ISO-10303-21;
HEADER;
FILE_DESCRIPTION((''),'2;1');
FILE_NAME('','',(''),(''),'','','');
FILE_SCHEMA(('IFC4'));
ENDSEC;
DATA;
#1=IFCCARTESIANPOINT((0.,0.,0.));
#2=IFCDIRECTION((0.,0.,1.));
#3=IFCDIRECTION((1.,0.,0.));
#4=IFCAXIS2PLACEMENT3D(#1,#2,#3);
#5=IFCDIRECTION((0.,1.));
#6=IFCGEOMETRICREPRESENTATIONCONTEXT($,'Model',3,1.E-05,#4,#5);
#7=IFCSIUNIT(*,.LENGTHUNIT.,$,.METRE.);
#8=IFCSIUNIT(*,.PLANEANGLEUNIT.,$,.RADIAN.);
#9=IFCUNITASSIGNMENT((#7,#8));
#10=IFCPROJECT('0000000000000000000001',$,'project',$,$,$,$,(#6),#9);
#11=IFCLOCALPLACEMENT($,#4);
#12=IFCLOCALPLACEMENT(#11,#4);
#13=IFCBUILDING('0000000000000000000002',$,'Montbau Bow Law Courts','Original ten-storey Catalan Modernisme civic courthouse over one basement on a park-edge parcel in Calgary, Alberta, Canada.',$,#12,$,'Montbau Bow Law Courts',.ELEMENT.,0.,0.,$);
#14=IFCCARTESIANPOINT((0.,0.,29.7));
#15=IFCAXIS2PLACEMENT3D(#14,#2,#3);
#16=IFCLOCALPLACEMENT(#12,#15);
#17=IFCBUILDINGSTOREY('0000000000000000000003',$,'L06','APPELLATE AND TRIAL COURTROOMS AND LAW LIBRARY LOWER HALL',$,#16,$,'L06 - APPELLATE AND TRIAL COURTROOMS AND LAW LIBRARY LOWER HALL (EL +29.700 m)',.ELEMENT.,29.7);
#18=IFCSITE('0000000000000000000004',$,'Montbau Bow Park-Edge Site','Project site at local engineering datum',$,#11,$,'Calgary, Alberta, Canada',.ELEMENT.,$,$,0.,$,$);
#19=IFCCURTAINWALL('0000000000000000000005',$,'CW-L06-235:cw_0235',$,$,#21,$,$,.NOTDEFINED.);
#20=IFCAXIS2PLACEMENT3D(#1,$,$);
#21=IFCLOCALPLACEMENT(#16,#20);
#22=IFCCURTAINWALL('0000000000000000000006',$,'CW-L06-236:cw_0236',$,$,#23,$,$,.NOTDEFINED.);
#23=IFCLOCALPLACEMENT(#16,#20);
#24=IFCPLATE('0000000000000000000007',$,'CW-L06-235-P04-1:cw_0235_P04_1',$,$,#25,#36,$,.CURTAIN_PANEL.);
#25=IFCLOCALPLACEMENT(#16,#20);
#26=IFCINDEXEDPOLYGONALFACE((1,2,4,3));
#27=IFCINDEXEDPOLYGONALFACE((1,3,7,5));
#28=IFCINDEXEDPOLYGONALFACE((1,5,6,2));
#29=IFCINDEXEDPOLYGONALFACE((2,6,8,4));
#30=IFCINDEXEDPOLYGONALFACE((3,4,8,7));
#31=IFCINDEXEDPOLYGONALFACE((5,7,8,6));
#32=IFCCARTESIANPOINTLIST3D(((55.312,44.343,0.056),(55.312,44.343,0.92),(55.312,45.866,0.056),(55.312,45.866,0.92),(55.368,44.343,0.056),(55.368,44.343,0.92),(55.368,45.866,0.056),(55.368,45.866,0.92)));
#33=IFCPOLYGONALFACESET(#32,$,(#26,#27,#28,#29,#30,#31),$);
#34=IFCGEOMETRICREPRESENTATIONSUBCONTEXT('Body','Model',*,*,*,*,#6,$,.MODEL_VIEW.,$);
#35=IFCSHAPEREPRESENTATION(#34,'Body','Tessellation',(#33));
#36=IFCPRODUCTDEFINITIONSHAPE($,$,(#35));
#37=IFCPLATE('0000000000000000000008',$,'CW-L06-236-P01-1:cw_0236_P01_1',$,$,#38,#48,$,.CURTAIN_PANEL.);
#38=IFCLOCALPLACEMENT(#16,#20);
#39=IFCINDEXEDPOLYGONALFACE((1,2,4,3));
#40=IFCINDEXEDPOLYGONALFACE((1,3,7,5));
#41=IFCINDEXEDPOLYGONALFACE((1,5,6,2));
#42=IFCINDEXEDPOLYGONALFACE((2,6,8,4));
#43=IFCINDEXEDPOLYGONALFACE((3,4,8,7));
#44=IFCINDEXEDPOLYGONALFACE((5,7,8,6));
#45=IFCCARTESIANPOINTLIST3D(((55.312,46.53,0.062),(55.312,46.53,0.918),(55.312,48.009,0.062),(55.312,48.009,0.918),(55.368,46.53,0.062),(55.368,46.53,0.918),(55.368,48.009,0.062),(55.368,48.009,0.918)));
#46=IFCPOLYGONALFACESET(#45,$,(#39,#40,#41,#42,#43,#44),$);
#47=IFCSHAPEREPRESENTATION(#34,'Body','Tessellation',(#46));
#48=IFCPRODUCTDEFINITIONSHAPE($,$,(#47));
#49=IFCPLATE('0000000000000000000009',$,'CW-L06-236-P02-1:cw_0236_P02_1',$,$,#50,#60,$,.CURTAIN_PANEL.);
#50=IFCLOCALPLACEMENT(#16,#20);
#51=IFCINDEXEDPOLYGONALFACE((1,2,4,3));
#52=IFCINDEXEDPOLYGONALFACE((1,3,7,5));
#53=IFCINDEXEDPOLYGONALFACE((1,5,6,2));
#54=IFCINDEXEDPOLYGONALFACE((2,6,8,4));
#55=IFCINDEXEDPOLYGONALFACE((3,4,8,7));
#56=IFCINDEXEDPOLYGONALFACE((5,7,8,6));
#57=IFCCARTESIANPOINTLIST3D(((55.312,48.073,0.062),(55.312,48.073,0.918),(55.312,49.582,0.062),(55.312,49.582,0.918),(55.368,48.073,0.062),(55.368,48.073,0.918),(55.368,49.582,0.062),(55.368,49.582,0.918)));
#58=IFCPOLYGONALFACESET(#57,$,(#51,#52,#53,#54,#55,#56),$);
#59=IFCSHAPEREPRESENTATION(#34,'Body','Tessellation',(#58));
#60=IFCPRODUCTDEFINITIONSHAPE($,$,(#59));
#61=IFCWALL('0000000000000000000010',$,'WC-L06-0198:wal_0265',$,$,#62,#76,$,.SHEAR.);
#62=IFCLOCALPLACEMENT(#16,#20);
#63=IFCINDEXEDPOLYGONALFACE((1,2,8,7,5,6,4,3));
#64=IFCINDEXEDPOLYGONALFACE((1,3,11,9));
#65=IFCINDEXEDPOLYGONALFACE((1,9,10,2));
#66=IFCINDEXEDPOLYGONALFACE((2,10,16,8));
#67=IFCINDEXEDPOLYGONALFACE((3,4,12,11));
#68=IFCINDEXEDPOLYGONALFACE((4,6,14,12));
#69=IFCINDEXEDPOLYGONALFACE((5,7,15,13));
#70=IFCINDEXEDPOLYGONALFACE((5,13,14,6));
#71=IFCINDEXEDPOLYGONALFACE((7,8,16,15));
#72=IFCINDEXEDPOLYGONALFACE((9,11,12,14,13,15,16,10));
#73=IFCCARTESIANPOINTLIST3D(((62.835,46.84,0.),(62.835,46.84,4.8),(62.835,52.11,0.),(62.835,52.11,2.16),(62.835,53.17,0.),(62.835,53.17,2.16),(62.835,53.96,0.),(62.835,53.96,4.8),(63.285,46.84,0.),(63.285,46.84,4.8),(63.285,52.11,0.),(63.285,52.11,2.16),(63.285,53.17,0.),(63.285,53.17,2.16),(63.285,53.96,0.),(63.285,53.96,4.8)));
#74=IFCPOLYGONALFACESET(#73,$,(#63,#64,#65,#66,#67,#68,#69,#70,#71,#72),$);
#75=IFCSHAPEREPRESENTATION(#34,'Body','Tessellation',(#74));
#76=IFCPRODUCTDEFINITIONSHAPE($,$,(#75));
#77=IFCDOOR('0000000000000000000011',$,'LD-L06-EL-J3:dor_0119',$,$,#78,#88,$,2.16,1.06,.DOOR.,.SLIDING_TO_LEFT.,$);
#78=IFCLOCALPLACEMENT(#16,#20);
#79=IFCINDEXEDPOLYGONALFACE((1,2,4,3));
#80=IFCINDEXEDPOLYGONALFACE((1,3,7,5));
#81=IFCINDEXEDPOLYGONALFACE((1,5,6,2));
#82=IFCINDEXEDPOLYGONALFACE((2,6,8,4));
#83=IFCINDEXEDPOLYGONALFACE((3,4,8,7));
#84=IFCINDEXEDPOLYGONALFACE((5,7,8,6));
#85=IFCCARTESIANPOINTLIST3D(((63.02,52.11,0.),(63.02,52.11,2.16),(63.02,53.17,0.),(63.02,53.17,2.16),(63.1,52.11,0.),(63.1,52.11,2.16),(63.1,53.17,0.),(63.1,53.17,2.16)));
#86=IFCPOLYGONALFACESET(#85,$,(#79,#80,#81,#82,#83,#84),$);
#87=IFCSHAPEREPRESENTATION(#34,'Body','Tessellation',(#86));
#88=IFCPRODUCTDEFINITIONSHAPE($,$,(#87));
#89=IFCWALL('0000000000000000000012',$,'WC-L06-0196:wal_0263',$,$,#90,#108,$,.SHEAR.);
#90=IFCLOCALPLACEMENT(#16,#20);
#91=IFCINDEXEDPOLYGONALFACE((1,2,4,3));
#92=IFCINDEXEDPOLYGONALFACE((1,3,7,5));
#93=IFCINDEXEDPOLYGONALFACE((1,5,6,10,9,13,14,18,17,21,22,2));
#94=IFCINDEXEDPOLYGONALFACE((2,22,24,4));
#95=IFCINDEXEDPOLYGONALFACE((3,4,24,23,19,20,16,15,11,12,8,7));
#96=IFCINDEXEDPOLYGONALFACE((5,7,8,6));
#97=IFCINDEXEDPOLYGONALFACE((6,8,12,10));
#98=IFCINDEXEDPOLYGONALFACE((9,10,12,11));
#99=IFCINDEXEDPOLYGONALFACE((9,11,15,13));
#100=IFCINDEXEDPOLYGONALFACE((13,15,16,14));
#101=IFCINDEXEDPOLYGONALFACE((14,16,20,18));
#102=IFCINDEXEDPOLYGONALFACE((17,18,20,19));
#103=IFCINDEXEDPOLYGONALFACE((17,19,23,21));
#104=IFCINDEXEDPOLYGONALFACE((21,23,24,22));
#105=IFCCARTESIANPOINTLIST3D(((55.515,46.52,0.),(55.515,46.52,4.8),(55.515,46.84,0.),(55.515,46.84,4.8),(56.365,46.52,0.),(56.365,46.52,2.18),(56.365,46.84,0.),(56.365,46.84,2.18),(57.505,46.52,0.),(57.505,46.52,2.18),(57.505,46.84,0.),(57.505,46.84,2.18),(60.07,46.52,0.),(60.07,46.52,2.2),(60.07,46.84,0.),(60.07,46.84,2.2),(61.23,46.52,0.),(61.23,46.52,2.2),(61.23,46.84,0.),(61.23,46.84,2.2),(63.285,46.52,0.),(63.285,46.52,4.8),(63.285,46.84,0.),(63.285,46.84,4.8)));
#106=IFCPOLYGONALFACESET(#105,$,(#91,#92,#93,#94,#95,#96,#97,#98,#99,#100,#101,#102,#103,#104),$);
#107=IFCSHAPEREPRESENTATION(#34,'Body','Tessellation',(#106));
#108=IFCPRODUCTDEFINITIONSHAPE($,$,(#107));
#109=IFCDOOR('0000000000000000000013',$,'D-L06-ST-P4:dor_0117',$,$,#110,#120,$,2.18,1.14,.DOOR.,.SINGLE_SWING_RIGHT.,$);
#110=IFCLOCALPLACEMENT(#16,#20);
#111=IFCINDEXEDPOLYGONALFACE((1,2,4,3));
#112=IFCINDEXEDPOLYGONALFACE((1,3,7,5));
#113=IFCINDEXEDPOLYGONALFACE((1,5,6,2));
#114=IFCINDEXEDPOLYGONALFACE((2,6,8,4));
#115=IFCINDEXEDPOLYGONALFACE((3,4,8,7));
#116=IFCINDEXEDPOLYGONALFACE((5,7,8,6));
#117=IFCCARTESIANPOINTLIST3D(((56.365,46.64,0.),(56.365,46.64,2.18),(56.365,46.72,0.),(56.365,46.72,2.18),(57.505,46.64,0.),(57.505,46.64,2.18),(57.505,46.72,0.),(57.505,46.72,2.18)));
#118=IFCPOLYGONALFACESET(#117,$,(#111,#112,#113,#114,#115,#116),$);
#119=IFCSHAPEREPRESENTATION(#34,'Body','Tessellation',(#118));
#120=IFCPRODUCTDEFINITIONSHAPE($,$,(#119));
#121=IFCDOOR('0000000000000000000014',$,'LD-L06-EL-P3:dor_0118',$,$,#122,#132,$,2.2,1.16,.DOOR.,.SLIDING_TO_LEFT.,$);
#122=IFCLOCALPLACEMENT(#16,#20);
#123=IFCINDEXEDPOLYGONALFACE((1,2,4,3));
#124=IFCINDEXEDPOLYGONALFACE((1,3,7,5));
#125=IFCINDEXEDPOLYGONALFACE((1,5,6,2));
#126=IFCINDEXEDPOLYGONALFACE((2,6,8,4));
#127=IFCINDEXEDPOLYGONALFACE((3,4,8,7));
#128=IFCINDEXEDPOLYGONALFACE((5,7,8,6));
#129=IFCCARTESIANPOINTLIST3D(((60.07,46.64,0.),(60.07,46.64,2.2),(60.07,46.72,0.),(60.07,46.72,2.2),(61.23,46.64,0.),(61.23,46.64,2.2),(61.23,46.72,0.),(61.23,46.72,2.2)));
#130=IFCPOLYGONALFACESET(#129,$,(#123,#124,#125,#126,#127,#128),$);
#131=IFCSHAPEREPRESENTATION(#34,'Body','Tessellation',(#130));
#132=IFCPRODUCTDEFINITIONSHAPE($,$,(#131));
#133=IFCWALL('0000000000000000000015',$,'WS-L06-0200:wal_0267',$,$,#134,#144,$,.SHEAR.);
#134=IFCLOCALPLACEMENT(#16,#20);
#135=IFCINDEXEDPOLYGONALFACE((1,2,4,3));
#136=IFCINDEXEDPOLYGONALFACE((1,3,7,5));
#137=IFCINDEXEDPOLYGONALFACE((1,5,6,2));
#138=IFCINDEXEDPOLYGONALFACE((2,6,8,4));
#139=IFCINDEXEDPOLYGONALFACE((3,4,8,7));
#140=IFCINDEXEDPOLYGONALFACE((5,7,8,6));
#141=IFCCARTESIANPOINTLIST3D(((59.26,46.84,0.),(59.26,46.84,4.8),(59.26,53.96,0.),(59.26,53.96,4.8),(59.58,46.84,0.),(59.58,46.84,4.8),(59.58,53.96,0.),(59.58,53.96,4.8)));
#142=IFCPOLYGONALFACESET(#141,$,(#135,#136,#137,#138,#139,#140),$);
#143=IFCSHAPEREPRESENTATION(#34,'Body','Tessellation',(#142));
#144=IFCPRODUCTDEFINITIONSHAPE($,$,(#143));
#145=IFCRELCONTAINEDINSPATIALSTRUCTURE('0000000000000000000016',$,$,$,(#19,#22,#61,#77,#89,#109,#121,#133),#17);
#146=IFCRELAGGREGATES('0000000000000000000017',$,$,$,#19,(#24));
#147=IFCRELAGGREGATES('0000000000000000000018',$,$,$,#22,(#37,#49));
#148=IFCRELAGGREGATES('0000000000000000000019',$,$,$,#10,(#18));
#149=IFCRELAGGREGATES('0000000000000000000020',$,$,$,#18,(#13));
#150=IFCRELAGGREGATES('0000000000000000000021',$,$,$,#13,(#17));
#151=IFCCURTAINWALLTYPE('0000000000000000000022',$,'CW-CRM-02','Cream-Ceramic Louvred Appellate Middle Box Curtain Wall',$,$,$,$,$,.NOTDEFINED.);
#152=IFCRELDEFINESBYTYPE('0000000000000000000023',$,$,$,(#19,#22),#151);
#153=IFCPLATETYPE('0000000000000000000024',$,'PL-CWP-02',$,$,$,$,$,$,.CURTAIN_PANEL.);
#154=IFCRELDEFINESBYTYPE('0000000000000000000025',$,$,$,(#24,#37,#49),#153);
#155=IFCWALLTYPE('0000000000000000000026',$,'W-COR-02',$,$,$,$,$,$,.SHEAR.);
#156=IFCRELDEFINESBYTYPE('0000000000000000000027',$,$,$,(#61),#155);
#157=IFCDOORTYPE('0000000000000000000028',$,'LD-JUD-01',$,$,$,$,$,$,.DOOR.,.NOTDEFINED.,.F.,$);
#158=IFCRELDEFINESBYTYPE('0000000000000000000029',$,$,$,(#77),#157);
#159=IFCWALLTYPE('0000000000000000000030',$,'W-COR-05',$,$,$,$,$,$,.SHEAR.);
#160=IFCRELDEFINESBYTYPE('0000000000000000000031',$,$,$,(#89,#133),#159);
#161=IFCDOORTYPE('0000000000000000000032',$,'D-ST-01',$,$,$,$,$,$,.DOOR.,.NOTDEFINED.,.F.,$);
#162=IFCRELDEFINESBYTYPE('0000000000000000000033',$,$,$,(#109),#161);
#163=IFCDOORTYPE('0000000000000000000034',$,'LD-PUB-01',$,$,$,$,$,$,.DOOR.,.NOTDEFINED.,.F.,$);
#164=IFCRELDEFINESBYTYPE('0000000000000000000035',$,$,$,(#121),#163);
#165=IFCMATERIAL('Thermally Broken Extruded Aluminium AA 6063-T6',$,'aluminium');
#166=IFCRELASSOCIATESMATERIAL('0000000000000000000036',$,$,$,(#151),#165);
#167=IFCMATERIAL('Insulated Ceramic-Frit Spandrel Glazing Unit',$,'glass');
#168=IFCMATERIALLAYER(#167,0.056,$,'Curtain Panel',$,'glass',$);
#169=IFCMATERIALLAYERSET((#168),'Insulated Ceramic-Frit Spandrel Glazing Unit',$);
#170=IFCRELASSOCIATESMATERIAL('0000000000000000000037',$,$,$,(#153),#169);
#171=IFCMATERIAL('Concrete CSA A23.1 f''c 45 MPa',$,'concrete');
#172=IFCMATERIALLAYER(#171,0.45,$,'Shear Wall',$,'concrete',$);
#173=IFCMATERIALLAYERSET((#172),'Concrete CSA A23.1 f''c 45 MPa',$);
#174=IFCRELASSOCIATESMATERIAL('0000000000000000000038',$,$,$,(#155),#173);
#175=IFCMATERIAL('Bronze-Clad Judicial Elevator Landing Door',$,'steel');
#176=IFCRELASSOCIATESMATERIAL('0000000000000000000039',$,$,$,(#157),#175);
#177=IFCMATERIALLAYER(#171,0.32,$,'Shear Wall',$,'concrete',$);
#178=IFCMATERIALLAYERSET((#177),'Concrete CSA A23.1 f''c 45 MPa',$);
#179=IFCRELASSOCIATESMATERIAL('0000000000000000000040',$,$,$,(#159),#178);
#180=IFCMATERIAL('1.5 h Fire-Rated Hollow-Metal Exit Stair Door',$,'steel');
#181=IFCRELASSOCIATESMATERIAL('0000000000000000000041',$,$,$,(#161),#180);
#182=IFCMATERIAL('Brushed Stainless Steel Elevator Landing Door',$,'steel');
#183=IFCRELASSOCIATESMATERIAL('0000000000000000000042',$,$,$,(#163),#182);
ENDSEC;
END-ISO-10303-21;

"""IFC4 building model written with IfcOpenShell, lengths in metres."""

from ifc_helpers import new_model, si_unit, direction, frame, frame_2d, origin_with_axes, place, context, subcontext, project, spatial, rectangle, extrude, material, layer, layer_set, type_object, element, fill, aggregate, save


model = new_model("IFC4")

# Units and contexts
model_context = context("Model", 3, precision=1e-05, world=origin_with_axes(), true_north=direction((0.0, 1.0)))
body_context = subcontext(model_context, "Body", "Model", "MODEL_VIEW")
ifc_project = project(units=[si_unit("LENGTHUNIT", "METRE"), si_unit("PLANEANGLEUNIT", "RADIAN")], contexts=[model_context])

# Site, building, storey
site_placement = place(None, origin_with_axes())
site = spatial("IfcSite", under=ifc_project, at=site_placement, Name="Montbau Bow Park-Edge Site", Description="Project site at local engineering datum", LongName="Calgary, Alberta, Canada", CompositionType="ELEMENT", RefElevation=0.0)
building_placement = place(site_placement, origin_with_axes())
building = spatial("IfcBuilding", under=site, at=building_placement, Name="Montbau Bow Law Courts", Description="Original ten-storey Catalan Modernisme civic courthouse over one basement on a park-edge parcel in Calgary, Alberta, Canada.", LongName="Montbau Bow Law Courts", CompositionType="ELEMENT", ElevationOfRefHeight=0.0, ElevationOfTerrain=0.0)
storey_placement = place(building_placement, frame((0.0, 0.0, 29.7), z_axis=(0.0, 0.0, 1.0), x_axis=(1.0, 0.0, 0.0)))
storey = spatial("IfcBuildingStorey", under=building, at=storey_placement, Name="L06", Description="APPELLATE AND TRIAL COURTROOMS AND LAW LIBRARY LOWER HALL", LongName="L06 - APPELLATE AND TRIAL COURTROOMS AND LAW LIBRARY LOWER HALL (EL +29.700 m)", CompositionType="ELEMENT", Elevation=29.7)

# Curtain wall
ifc_material_1 = material(Name="Thermally Broken Extruded Aluminium AA 6063-T6", Category="aluminium")
curtain_wall_type = type_object("IfcCurtainWallType", Name="CW-CRM-02", Description="Cream-Ceramic Louvred Appellate Middle Box Curtain Wall", PredefinedType="NOTDEFINED", material=ifc_material_1)
curtain_wall_1_placement = place(None, frame((55.34, 39.44, 29.7), z_axis=(0.0, 0.0, 1.0), x_axis=(1.0, 0.0, 0.0)))
curtain_wall_1 = element("IfcCurtainWall", 1, at=curtain_wall_1_placement, inside=storey, type_object=curtain_wall_type, Name="CW-L06-235:cw_0235", PredefinedType="NOTDEFINED")

# Curtain wall
curtain_wall_2_placement = place(None, frame((55.34, 46.468, 29.7), z_axis=(0.0, 0.0, 1.0), x_axis=(1.0, 0.0, 0.0)))
curtain_wall_2 = element("IfcCurtainWall", 2, at=curtain_wall_2_placement, inside=storey, type_object=curtain_wall_type, Name="CW-L06-236:cw_0236", PredefinedType="NOTDEFINED")

# Plates
ifc_material_2 = material(Name="Insulated Ceramic-Frit Spandrel Glazing Unit", Category="glass")
ifc_layer_1 = layer(ifc_material_2, 0.056, Name="Curtain Panel", Category="glass")
ifc_layer_set_1 = layer_set([ifc_layer_1], Name="Insulated Ceramic-Frit Spandrel Glazing Unit")
plate_type_1 = type_object("IfcPlateType", Name="PL-CWP-02", PredefinedType="CURTAIN_PANEL", material=ifc_layer_set_1)
plate_1_placement = place(None, frame((55.34, 44.343, 29.756), z_axis=(1.0, 0.0, 0.0), x_axis=(0.0, 1.0, 0.0)))
plate_1 = element("IfcPlate", 3, at=plate_1_placement, type_object=plate_type_1, Name="CW-L06-235-P04-1:cw_0235_P04_1", PredefinedType="CURTAIN_PANEL", context=body_context, shape_type="SweptSolid", body=[
    extrude(rectangle(XDim=1.523, YDim=0.864, at=frame_2d((0.7615, 0.432), x_axis=(1.0, 0.0))), frame((0.0, 0.0, -0.028), z_axis=(0.0, 0.0, 1.0), x_axis=(1.0, 0.0, 0.0)), (0.0, 0.0, 1.0), 0.056),
])
aggregate(curtain_wall_1, [plate_1])
plate_2_placement = place(None, frame((55.34, 46.53, 29.762), z_axis=(1.0, 0.0, 0.0), x_axis=(0.0, 1.0, 0.0)))
plate_2 = element("IfcPlate", 4, at=plate_2_placement, type_object=plate_type_1, Name="CW-L06-236-P01-1:cw_0236_P01_1", PredefinedType="CURTAIN_PANEL", context=body_context, shape_type="SweptSolid", body=[
    extrude(rectangle(XDim=1.479, YDim=0.856, at=frame_2d((0.7395, 0.428), x_axis=(1.0, 0.0))), frame((0.0, 0.0, -0.028), z_axis=(0.0, 0.0, 1.0), x_axis=(1.0, 0.0, 0.0)), (0.0, 0.0, 1.0), 0.056),
])
plate_3_placement = place(None, frame((55.34, 48.073, 29.762), z_axis=(1.0, 0.0, 0.0), x_axis=(0.0, 1.0, 0.0)))
plate_3 = element("IfcPlate", 5, at=plate_3_placement, type_object=plate_type_1, Name="CW-L06-236-P02-1:cw_0236_P02_1", PredefinedType="CURTAIN_PANEL", context=body_context, shape_type="SweptSolid", body=[
    extrude(rectangle(XDim=1.509, YDim=0.856, at=frame_2d((0.7545, 0.428), x_axis=(1.0, 0.0))), frame((0.0, 0.0, -0.028), z_axis=(0.0, 0.0, 1.0), x_axis=(1.0, 0.0, 0.0)), (0.0, 0.0, 1.0), 0.056),
])
aggregate(curtain_wall_2, [plate_2, plate_3])

# Wall, opening, door
ifc_material_3 = material(Name="Concrete CSA A23.1 f'c 45 MPa", Category="concrete")
ifc_layer_2 = layer(ifc_material_3, 0.45, Name="Shear Wall", Category="concrete")
ifc_layer_set_2 = layer_set([ifc_layer_2], Name="Concrete CSA A23.1 f'c 45 MPa")
wall_type_1 = type_object("IfcWallType", Name="W-COR-02", PredefinedType="SHEAR", material=ifc_layer_set_2)
wall_1_placement = place(None, frame((63.06, 46.84, 29.7), z_axis=(0.0, 0.0, 1.0), x_axis=(0.0, 1.0, 0.0)))
wall_1 = element("IfcWall", 6, at=wall_1_placement, inside=storey, type_object=wall_type_1, Name="WC-L06-0198:wal_0265", PredefinedType="SHEAR", context=body_context, shape_type="SweptSolid", body=[
    extrude(rectangle(XDim=7.12, YDim=0.45, at=frame_2d((3.56, 0.0), x_axis=(1.0, 0.0))), origin_with_axes(), (0.0, 0.0, 1.0), 4.8),
])
opening_1_placement = place(None, frame((63.06, 52.64, 29.7), z_axis=(0.0, 0.0, 1.0), x_axis=(0.0, 1.0, 0.0)))
opening_1 = element("IfcOpeningElement", 7, at=opening_1_placement, cuts=wall_1, PredefinedType="OPENING", context=body_context, shape_type="SweptSolid", body=[
    extrude(rectangle(XDim=1.06, YDim=2.16, at=frame_2d((0.0, 1.08), x_axis=(1.0, 0.0))), frame((0.0, 0.235, 0.0), z_axis=(0.0, -1.0, 0.0), x_axis=(1.0, 0.0, 0.0)), (0.0, 0.0, 1.0), 0.47),
])
ifc_material_4 = material(Name="Bronze-Clad Judicial Elevator Landing Door", Category="steel")
door_type_1 = type_object("IfcDoorType", Name="LD-JUD-01", OperationType="NOTDEFINED", ParameterTakesPrecedence=False, PredefinedType="DOOR", material=ifc_material_4)
door_1_placement = place(None, frame((63.06, 52.64, 29.7), z_axis=(0.0, 0.0, 1.0), x_axis=(0.0, 1.0, 0.0)))
door_1 = element("IfcDoor", 8, at=door_1_placement, inside=storey, type_object=door_type_1, Name="LD-L06-EL-J3:dor_0119", OperationType="SLIDING_TO_LEFT", OverallHeight=2.16, OverallWidth=1.06, PredefinedType="DOOR", context=body_context, shape_type="SweptSolid", body=[
    extrude(rectangle(XDim=1.06, YDim=2.16, at=frame_2d((0.0, 1.08), x_axis=(1.0, 0.0))), frame((0.0, 0.04, 0.0), z_axis=(0.0, -1.0, 0.0), x_axis=(1.0, 0.0, 0.0)), (0.0, 0.0, 1.0), 0.08),
])
fill(opening_1, door_1)

# Wall, openings, doors
ifc_layer_3 = layer(ifc_material_3, 0.32, Name="Shear Wall", Category="concrete")
ifc_layer_set_3 = layer_set([ifc_layer_3], Name="Concrete CSA A23.1 f'c 45 MPa")
wall_type_2 = type_object("IfcWallType", Name="W-COR-05", PredefinedType="SHEAR", material=ifc_layer_set_3)
wall_2_placement = place(None, frame((55.515, 46.68, 29.7), z_axis=(0.0, 0.0, 1.0), x_axis=(1.0, 0.0, 0.0)))
wall_2 = element("IfcWall", 9, at=wall_2_placement, inside=storey, type_object=wall_type_2, Name="WC-L06-0196:wal_0263", PredefinedType="SHEAR", context=body_context, shape_type="SweptSolid", body=[
    extrude(rectangle(XDim=7.77, YDim=0.32, at=frame_2d((3.885, 0.0), x_axis=(1.0, 0.0))), origin_with_axes(), (0.0, 0.0, 1.0), 4.8),
])
opening_2_placement = place(None, frame((56.935, 46.68, 29.7), z_axis=(0.0, 0.0, 1.0), x_axis=(1.0, 0.0, 0.0)))
opening_2 = element("IfcOpeningElement", 10, at=opening_2_placement, cuts=wall_2, PredefinedType="OPENING", context=body_context, shape_type="SweptSolid", body=[
    extrude(rectangle(XDim=1.14, YDim=2.18, at=frame_2d((0.0, 1.09), x_axis=(1.0, 0.0))), frame((0.0, 0.17, 0.0), z_axis=(0.0, -1.0, 0.0), x_axis=(1.0, 0.0, 0.0)), (0.0, 0.0, 1.0), 0.34),
])
opening_3_placement = place(None, frame((60.65, 46.68, 29.7), z_axis=(0.0, 0.0, 1.0), x_axis=(1.0, 0.0, 0.0)))
opening_3 = element("IfcOpeningElement", 11, at=opening_3_placement, cuts=wall_2, PredefinedType="OPENING", context=body_context, shape_type="SweptSolid", body=[
    extrude(rectangle(XDim=1.16, YDim=2.2, at=frame_2d((0.0, 1.1), x_axis=(1.0, 0.0))), frame((0.0, 0.17, 0.0), z_axis=(0.0, -1.0, 0.0), x_axis=(1.0, 0.0, 0.0)), (0.0, 0.0, 1.0), 0.34),
])
ifc_material_5 = material(Name="1.5 h Fire-Rated Hollow-Metal Exit Stair Door", Category="steel")
door_type_2 = type_object("IfcDoorType", Name="D-ST-01", OperationType="NOTDEFINED", ParameterTakesPrecedence=False, PredefinedType="DOOR", material=ifc_material_5)
door_2_placement = place(None, frame((56.935, 46.68, 29.7), z_axis=(0.0, 0.0, 1.0), x_axis=(-1.0, 0.0, 0.0)))
door_2 = element("IfcDoor", 12, at=door_2_placement, inside=storey, type_object=door_type_2, Name="D-L06-ST-P4:dor_0117", OperationType="SINGLE_SWING_RIGHT", OverallHeight=2.18, OverallWidth=1.14, PredefinedType="DOOR", context=body_context, shape_type="SweptSolid", body=[
    extrude(rectangle(XDim=1.14, YDim=2.18, at=frame_2d((0.0, 1.09), x_axis=(1.0, 0.0))), frame((0.0, 0.04, 0.0), z_axis=(0.0, -1.0, 0.0), x_axis=(1.0, 0.0, 0.0)), (0.0, 0.0, 1.0), 0.08),
])
fill(opening_2, door_2)
ifc_material_6 = material(Name="Brushed Stainless Steel Elevator Landing Door", Category="steel")
door_type_3 = type_object("IfcDoorType", Name="LD-PUB-01", OperationType="NOTDEFINED", ParameterTakesPrecedence=False, PredefinedType="DOOR", material=ifc_material_6)
door_3_placement = place(None, frame((60.65, 46.68, 29.7), z_axis=(0.0, 0.0, 1.0), x_axis=(-1.0, 0.0, 0.0)))
door_3 = element("IfcDoor", 13, at=door_3_placement, inside=storey, type_object=door_type_3, Name="LD-L06-EL-P3:dor_0118", OperationType="SLIDING_TO_LEFT", OverallHeight=2.2, OverallWidth=1.16, PredefinedType="DOOR", context=body_context, shape_type="SweptSolid", body=[
    extrude(rectangle(XDim=1.16, YDim=2.2, at=frame_2d((0.0, 1.1), x_axis=(1.0, 0.0))), frame((0.0, 0.04, 0.0), z_axis=(0.0, -1.0, 0.0), x_axis=(1.0, 0.0, 0.0)), (0.0, 0.0, 1.0), 0.08),
])
fill(opening_3, door_3)

# Wall
wall_3_placement = place(None, frame((59.42, 46.84, 29.7), z_axis=(0.0, 0.0, 1.0), x_axis=(0.0, 1.0, 0.0)))
element("IfcWall", 14, at=wall_3_placement, inside=storey, type_object=wall_type_2, Name="WS-L06-0200:wal_0267", PredefinedType="SHEAR", context=body_context, shape_type="SweptSolid", body=[
    extrude(rectangle(XDim=7.12, YDim=0.32, at=frame_2d((3.56, 0.0), x_axis=(1.0, 0.0))), origin_with_axes(), (0.0, 0.0, 1.0), 4.8),
])

save(model, "model.ifc")
